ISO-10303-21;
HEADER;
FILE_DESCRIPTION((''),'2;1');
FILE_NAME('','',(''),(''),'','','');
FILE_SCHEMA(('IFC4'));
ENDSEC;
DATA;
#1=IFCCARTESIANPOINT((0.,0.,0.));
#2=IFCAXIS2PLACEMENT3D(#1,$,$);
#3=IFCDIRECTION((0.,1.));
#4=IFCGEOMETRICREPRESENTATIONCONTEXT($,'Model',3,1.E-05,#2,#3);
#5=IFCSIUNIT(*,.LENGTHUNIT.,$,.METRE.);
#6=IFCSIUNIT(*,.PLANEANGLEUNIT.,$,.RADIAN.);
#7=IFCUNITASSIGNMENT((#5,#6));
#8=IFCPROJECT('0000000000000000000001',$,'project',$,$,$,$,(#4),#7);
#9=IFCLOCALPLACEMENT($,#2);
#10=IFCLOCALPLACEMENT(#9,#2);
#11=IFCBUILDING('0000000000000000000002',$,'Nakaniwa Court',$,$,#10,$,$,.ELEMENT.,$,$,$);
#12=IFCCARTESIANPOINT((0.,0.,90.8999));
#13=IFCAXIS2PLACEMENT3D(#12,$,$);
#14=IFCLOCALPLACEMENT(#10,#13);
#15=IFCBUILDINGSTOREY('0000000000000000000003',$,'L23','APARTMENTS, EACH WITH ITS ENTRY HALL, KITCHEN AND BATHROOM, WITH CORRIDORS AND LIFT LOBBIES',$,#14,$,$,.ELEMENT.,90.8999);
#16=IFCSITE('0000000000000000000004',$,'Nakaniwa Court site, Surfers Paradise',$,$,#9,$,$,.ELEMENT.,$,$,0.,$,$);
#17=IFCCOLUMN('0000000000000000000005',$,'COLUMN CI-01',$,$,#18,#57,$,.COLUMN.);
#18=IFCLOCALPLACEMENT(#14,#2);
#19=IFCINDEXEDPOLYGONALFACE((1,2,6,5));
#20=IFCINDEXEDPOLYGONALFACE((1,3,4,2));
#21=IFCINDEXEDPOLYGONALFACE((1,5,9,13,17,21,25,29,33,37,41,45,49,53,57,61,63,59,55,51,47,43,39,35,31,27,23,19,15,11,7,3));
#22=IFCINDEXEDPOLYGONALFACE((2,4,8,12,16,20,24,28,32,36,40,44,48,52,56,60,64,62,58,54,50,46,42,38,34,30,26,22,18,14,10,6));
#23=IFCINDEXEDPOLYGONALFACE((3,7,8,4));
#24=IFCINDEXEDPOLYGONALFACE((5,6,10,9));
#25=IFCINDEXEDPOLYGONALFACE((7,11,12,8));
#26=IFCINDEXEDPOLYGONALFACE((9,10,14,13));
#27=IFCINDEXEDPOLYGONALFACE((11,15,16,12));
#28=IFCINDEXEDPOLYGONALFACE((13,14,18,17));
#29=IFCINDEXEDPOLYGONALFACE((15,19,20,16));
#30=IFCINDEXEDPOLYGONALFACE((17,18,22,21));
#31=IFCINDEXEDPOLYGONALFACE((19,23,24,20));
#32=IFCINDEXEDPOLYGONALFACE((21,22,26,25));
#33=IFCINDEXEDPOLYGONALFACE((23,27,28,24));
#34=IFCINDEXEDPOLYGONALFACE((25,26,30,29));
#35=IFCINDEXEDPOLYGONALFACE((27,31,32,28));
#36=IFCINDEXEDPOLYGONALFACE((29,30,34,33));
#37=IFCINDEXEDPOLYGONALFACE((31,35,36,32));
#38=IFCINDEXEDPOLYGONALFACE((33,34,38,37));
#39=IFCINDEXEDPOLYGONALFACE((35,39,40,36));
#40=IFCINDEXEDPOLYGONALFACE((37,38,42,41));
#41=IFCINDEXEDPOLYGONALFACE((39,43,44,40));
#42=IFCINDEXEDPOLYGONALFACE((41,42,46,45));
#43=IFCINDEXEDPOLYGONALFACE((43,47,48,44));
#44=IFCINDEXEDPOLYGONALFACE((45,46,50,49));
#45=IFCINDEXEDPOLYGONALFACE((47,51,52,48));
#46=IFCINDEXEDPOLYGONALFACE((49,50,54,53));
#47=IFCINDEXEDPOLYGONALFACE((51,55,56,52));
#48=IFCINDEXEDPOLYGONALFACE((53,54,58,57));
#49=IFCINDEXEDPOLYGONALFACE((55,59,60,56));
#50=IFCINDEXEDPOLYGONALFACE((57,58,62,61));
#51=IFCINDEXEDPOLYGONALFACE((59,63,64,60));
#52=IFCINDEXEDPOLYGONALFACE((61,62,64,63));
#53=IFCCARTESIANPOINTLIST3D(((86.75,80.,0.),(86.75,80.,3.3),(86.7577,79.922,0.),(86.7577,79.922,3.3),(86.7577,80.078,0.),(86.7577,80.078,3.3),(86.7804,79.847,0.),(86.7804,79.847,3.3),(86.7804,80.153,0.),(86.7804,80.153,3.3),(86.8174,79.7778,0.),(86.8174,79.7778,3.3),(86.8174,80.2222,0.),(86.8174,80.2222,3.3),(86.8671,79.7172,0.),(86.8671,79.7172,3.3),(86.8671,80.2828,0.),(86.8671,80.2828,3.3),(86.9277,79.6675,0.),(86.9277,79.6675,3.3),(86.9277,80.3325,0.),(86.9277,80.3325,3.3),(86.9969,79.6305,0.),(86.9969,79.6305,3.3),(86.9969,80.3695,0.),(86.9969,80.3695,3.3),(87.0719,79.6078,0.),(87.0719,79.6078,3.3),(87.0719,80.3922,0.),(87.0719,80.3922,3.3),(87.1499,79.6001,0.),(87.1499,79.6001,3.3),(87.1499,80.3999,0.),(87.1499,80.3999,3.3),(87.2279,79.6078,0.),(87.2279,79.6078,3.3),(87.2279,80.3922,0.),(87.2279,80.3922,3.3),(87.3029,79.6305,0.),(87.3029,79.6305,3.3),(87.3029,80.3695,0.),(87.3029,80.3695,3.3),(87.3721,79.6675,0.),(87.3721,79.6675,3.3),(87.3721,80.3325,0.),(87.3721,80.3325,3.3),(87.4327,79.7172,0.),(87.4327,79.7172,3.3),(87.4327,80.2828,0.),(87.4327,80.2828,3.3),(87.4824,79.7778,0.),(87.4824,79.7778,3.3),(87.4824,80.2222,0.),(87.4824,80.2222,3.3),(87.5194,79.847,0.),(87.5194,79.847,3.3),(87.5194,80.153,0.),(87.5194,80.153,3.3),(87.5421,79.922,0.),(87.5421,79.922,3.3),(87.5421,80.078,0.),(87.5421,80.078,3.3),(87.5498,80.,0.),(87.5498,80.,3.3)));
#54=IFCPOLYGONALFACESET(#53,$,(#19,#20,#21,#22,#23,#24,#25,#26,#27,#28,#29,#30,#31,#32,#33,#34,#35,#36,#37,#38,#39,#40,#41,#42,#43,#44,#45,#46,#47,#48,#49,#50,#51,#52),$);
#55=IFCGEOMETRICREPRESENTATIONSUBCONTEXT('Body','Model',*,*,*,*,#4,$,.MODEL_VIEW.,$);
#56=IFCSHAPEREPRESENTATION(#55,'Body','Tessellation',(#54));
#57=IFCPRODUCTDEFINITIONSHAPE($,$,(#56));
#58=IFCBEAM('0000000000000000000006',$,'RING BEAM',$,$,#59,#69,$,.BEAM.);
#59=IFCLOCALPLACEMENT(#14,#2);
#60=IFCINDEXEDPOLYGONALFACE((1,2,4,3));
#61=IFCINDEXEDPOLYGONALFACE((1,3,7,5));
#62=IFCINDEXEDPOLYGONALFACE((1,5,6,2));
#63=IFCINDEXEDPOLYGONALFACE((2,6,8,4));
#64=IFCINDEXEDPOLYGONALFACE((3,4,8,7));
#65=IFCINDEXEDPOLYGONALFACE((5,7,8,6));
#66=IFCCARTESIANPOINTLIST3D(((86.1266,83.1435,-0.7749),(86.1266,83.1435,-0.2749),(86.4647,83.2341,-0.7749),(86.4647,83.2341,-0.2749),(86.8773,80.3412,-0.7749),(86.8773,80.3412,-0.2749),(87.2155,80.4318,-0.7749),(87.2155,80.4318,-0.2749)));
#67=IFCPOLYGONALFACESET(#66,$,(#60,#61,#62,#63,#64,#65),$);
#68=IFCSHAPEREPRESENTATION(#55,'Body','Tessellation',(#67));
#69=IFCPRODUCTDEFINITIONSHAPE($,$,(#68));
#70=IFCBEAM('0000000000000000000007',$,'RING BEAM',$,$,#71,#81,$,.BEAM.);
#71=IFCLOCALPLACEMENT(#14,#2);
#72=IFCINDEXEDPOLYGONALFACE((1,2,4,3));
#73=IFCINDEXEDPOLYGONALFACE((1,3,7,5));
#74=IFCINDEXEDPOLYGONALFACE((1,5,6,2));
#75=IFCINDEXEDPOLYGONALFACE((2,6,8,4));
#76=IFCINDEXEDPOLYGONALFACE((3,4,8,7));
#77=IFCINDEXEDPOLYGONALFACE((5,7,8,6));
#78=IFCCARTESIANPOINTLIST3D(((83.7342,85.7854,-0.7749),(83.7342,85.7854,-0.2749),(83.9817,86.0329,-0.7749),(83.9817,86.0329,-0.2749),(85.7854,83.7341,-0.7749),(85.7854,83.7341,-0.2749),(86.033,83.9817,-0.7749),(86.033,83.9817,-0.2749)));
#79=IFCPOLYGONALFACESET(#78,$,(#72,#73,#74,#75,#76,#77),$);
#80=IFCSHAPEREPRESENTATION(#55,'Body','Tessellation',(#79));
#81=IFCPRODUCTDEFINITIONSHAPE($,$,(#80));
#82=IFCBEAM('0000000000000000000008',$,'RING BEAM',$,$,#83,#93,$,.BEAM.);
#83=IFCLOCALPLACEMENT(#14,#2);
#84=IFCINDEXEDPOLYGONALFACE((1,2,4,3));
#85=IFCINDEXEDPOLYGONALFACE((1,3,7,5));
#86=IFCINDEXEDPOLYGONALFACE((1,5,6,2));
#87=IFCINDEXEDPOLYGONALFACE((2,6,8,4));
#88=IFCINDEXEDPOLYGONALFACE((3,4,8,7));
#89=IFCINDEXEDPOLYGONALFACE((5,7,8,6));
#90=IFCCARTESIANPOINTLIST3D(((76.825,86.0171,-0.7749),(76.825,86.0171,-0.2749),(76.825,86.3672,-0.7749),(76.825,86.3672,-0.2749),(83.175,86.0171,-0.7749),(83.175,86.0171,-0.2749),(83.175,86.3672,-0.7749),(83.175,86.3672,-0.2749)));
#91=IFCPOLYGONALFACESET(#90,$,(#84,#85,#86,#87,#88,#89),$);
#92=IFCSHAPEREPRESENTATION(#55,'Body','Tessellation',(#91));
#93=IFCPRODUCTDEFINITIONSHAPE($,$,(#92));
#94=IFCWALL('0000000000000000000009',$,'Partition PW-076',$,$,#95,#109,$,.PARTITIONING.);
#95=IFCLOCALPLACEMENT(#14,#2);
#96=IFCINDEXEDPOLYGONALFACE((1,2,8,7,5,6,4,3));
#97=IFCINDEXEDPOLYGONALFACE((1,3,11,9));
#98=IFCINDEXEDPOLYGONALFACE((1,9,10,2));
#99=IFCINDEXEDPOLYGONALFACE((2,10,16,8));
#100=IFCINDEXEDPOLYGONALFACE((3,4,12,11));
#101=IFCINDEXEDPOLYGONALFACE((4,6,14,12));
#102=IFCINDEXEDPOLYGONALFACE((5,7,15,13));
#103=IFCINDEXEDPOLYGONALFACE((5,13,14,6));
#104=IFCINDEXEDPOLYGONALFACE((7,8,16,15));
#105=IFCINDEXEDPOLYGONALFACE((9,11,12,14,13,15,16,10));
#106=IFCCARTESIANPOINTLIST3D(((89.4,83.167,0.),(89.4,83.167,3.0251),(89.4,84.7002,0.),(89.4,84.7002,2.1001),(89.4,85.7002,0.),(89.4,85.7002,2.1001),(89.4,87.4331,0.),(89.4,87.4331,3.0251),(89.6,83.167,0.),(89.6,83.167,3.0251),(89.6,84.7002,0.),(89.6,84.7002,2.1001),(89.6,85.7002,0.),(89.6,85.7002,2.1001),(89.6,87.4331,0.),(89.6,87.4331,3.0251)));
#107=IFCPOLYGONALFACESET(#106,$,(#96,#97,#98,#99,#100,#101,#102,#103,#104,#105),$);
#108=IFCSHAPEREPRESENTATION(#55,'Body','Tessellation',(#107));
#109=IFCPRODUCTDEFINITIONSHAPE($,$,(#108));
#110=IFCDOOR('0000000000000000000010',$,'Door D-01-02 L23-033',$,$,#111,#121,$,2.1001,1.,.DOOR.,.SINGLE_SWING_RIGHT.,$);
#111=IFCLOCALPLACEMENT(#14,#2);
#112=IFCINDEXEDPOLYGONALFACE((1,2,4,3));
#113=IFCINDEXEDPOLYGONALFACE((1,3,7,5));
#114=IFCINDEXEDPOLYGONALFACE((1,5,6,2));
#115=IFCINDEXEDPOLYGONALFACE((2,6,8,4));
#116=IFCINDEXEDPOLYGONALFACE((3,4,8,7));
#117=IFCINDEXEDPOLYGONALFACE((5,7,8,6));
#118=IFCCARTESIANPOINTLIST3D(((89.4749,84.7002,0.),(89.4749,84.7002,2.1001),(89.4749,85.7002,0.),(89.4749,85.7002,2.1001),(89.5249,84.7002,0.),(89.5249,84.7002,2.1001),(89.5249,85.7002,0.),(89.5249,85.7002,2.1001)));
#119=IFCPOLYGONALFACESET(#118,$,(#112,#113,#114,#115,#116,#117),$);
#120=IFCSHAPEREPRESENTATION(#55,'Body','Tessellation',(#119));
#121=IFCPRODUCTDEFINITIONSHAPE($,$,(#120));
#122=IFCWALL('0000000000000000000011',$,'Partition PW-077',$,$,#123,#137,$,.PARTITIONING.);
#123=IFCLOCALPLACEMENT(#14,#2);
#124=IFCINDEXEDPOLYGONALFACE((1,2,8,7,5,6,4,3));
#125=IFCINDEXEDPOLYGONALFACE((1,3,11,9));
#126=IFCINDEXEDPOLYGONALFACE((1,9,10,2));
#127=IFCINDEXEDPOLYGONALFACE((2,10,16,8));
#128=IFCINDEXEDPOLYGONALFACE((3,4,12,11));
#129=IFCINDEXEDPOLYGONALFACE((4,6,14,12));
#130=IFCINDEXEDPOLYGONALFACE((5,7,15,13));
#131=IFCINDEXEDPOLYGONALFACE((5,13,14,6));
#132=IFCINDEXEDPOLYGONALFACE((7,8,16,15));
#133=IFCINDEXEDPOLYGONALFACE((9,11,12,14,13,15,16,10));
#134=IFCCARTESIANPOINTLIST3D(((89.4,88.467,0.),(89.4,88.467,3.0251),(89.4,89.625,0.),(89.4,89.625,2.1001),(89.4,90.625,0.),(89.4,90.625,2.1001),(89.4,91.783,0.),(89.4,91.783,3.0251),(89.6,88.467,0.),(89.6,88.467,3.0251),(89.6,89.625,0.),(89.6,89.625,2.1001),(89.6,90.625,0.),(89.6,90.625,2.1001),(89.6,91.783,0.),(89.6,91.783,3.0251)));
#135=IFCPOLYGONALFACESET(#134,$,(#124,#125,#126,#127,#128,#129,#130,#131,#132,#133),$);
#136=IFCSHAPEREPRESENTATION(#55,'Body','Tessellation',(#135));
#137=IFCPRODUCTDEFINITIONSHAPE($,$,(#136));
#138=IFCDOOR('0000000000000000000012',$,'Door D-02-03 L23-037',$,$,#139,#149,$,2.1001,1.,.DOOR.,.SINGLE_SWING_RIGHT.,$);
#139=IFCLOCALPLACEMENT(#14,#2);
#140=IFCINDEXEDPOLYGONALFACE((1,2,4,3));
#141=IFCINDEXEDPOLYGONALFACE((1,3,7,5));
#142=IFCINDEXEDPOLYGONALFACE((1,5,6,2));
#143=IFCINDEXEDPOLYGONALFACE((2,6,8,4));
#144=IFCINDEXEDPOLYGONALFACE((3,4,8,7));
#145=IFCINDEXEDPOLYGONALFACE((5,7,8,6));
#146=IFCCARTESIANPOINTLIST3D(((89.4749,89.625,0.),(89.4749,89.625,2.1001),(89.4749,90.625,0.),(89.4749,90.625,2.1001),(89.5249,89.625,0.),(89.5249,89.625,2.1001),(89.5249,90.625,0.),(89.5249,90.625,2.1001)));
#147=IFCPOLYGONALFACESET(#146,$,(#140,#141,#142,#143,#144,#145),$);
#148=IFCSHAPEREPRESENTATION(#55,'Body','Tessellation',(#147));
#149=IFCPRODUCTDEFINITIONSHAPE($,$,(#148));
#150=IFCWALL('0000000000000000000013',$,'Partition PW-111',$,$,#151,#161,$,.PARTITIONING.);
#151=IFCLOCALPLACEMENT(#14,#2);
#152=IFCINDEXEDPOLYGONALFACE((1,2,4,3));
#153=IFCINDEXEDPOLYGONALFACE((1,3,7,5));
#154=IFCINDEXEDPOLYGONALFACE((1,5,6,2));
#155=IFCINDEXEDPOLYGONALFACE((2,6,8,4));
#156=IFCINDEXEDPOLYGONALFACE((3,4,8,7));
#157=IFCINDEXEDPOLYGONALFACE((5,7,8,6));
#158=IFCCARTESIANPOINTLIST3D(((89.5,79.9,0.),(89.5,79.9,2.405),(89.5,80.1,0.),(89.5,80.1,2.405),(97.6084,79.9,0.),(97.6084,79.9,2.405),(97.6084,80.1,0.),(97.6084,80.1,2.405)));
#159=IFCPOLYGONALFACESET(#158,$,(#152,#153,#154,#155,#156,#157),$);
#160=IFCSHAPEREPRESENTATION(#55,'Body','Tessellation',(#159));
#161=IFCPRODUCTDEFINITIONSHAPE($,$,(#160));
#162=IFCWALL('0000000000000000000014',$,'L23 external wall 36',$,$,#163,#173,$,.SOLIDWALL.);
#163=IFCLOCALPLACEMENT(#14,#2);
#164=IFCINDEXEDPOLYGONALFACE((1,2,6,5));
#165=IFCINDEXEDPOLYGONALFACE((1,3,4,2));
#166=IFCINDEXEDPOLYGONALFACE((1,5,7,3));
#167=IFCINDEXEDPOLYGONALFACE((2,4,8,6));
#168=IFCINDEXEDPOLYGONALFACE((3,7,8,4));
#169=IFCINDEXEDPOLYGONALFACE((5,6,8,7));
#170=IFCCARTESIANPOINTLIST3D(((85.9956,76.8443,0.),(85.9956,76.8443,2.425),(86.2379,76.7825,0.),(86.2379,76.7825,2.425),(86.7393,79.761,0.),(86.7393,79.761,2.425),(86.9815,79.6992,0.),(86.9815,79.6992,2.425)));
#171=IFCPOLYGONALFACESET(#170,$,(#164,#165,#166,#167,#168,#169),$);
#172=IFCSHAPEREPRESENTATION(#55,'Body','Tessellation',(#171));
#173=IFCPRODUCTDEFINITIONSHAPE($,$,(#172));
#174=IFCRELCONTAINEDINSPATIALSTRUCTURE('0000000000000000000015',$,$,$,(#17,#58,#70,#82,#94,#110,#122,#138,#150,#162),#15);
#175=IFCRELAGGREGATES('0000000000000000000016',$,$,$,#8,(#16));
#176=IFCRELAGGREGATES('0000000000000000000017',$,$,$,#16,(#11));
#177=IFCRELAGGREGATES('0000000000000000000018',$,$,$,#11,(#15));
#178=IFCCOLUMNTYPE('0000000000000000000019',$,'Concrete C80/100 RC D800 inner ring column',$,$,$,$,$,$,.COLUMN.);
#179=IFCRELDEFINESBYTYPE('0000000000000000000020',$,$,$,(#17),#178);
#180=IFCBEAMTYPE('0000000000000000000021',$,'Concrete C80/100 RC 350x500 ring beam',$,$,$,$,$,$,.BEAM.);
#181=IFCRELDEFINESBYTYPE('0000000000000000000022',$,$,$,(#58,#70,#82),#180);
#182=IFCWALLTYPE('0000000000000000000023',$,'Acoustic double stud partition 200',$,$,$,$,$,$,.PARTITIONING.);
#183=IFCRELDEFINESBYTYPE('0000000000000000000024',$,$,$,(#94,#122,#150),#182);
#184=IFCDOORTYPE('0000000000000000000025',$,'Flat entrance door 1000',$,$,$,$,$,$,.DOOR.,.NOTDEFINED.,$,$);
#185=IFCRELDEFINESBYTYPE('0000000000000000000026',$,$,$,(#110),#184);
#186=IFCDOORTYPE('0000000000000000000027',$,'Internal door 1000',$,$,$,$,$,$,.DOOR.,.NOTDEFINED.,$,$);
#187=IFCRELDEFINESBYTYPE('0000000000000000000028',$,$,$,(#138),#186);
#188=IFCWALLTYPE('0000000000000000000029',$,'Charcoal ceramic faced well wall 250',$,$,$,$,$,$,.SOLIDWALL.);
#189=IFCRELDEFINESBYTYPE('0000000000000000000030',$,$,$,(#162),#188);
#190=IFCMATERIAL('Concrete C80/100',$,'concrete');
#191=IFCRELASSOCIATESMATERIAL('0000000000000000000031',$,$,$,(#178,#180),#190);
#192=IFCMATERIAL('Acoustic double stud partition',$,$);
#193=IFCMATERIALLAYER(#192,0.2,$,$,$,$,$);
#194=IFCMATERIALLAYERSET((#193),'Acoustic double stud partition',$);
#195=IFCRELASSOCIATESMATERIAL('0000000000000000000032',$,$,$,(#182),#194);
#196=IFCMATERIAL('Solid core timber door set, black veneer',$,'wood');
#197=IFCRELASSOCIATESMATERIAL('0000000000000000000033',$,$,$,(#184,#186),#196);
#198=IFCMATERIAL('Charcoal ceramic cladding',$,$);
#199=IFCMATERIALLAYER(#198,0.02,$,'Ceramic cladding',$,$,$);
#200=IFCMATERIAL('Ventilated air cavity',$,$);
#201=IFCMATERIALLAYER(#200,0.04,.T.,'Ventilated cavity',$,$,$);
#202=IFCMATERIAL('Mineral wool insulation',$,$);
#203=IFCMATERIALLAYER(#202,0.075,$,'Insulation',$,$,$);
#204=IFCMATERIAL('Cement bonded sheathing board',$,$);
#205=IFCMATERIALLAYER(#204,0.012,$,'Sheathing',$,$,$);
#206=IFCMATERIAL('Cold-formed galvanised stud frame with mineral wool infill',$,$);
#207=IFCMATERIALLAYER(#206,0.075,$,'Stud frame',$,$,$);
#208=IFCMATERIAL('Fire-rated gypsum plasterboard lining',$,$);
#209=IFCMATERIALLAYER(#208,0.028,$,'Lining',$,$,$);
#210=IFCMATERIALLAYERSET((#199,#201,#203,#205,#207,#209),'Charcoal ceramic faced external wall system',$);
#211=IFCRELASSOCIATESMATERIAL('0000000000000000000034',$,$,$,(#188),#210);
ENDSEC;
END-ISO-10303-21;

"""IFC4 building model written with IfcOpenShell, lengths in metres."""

from ifc_helpers import new_model, si_unit, direction, frame, frame_2d, origin, origin_2d, place, context, subcontext, project, spatial, rectangle, circle, extrude, material, layer, layer_set, material_profile, profile_set, type_object, element, fill, save


model = new_model("IFC4")

# Units and contexts
model_context = context("Model", 3, precision=1e-05, world=origin(), true_north=direction((0.0, 1.0)))
body_context = subcontext(model_context, "Body", "Model", "MODEL_VIEW")
ifc_project = project(units=[si_unit("LENGTHUNIT", "METRE"), si_unit("PLANEANGLEUNIT", "RADIAN")], contexts=[model_context])

# Site, building, storey
site_placement = place(None, origin())
site = spatial("IfcSite", under=ifc_project, at=site_placement, Name="Nakaniwa Court site, Surfers Paradise", CompositionType="ELEMENT", RefElevation=0.0)
building_placement = place(site_placement, origin())
building = spatial("IfcBuilding", under=site, at=building_placement, Name="Nakaniwa Court", CompositionType="ELEMENT")
storey_placement = place(building_placement, frame((0.0, 0.0, 90.8999)))
storey = spatial("IfcBuildingStorey", under=building, at=storey_placement, Name="L23", Description="APARTMENTS, EACH WITH ITS ENTRY HALL, KITCHEN AND BATHROOM, WITH CORRIDORS AND LIFT LOBBIES", CompositionType="ELEMENT", Elevation=90.8999)

# Column
ifc_material_1 = material(Name="Concrete C80/100", Category="concrete")
ifc_material_profile_1 = material_profile(ifc_material_1, circle(Radius=0.3999, at=origin_2d()), Name="Concrete C80/100 RC D800 inner ring column")
ifc_profile_set_1 = profile_set([ifc_material_profile_1], Name="Concrete C80/100")
column_type = type_object("IfcColumnType", Name="Concrete C80/100 RC D800 inner ring column", PredefinedType="COLUMN", material=ifc_profile_set_1)
for number, where, z_axis, x_axis, name in (
    (1, (87.1499, 80.0, 0.0), (0.0, 0.0, 1.0), (0.0, 1.0, 0.0), "COLUMN CI-01"),
):
    element("IfcColumn", number, at=place(storey_placement, frame(where, z_axis=z_axis, x_axis=x_axis)), inside=storey, type_object=column_type, Name=name, PredefinedType="COLUMN", context=body_context, shape_type="SweptSolid", body=[
        extrude(circle(Radius=0.3999, at=origin_2d()), origin(), (0.0, 0.0, 1.0), 3.3),
    ])

# Beams
ifc_material_profile_2 = material_profile(ifc_material_1, rectangle(XDim=0.3501, YDim=0.5, at=origin_2d()), Name="Concrete C80/100 RC 350x500 ring beam")
ifc_profile_set_2 = profile_set([ifc_material_profile_2], Name="Concrete C80/100")
beam_type = type_object("IfcBeamType", Name="Concrete C80/100 RC 350x500 ring beam", PredefinedType="BEAM", material=ifc_profile_set_2)
beam_1_placement = place(storey_placement, frame((87.0464, 80.3865, -0.5249), z_axis=(-0.258778, 0.965937, 0.0), x_axis=(-0.965937, -0.258778, 0.0)))
element("IfcBeam", 2, at=beam_1_placement, inside=storey, type_object=beam_type, Name="RING BEAM", PredefinedType="BEAM", context=body_context, shape_type="SweptSolid", body=[
    extrude(rectangle(XDim=0.3501, YDim=0.5, at=origin_2d()), origin(), (0.0, 0.0, 1.0), 2.9011),
])
beam_2_placement = place(storey_placement, frame((85.9092, 83.8579, -0.5249), z_axis=(-0.707107, 0.707107, 0.0), x_axis=(-0.707107, -0.707107, 0.0)))
element("IfcBeam", 3, at=beam_2_placement, inside=storey, type_object=beam_type, Name="RING BEAM", PredefinedType="BEAM", context=body_context, shape_type="SweptSolid", body=[
    extrude(rectangle(XDim=0.3501, YDim=0.5, at=origin_2d()), origin(), (0.0, 0.0, 1.0), 2.9009),
])
beam_3_placement = place(storey_placement, frame((83.175, 86.1921, -0.5249), z_axis=(-1.0, 0.0, 0.0), x_axis=(0.0, -1.0, 0.0)))
element("IfcBeam", 4, at=beam_3_placement, inside=storey, type_object=beam_type, Name="RING BEAM", PredefinedType="BEAM", context=body_context, shape_type="SweptSolid", body=[
    extrude(rectangle(XDim=0.3501, YDim=0.5, at=origin_2d()), origin(), (0.0, 0.0, 1.0), 6.3501),
])

# Walls, openings, doors
ifc_material_2 = material(Name="Acoustic double stud partition")
ifc_layer_1 = layer(ifc_material_2, 0.2)
ifc_layer_set_1 = layer_set([ifc_layer_1], Name="Acoustic double stud partition")
wall_type_1 = type_object("IfcWallType", Name="Acoustic double stud partition 200", PredefinedType="PARTITIONING", material=ifc_layer_set_1)
wall_1_placement = place(storey_placement, frame((89.5, 87.4331, 0.0), z_axis=(0.0, 0.0, 1.0), x_axis=(0.0, -1.0, 0.0)))
wall_1 = element("IfcWall", 5, at=wall_1_placement, inside=storey, type_object=wall_type_1, Name="Partition PW-076", PredefinedType="PARTITIONING", context=body_context, shape_type="SweptSolid", body=[
    extrude(rectangle(XDim=4.2661, YDim=0.2, at=frame_2d((2.1331, 0.0))), origin(), (0.0, 0.0, 1.0), 3.0251),
])
opening_1_placement = place(wall_1_placement, frame((1.7329, 0.0, 0.0)))
opening_1 = element("IfcOpeningElement", 6, at=opening_1_placement, cuts=wall_1, PredefinedType="OPENING", context=body_context, shape_type="SweptSolid", body=[
    extrude(rectangle(XDim=1.0, YDim=2.1001, at=frame_2d((0.5, 1.05))), frame((0.0, 0.1099, 0.0), z_axis=(0.0, -1.0, 0.0), x_axis=(1.0, 0.0, 0.0)), (0.0, 0.0, 1.0), 0.22),
])
ifc_material_3 = material(Name="Solid core timber door set, black veneer", Category="wood")
door_type_1 = type_object("IfcDoorType", Name="Flat entrance door 1000", OperationType="NOTDEFINED", PredefinedType="DOOR", material=ifc_material_3)
door_1_placement = place(opening_1_placement, origin())
door_1 = element("IfcDoor", 7, at=door_1_placement, inside=storey, type_object=door_type_1, Name="Door D-01-02 L23-033", OperationType="SINGLE_SWING_RIGHT", OverallHeight=2.1001, OverallWidth=1.0, PredefinedType="DOOR", context=body_context, shape_type="SweptSolid", body=[
    extrude(rectangle(XDim=1.0, YDim=2.1001, at=frame_2d((0.5, 1.05))), frame((0.0, 0.0249, 0.0), z_axis=(0.0, -1.0, 0.0), x_axis=(1.0, 0.0, 0.0)), (0.0, 0.0, 1.0), 0.05),
])
fill(opening_1, door_1)
wall_2_placement = place(storey_placement, frame((89.5, 91.783, 0.0), z_axis=(0.0, 0.0, 1.0), x_axis=(0.0, -1.0, 0.0)))
wall_2 = element("IfcWall", 8, at=wall_2_placement, inside=storey, type_object=wall_type_1, Name="Partition PW-077", PredefinedType="PARTITIONING", context=body_context, shape_type="SweptSolid", body=[
    extrude(rectangle(XDim=3.3159, YDim=0.2, at=frame_2d((1.658, 0.0))), origin(), (0.0, 0.0, 1.0), 3.0251),
])
opening_2_placement = place(wall_2_placement, frame((1.158, 0.0, 0.0)))
opening_2 = element("IfcOpeningElement", 9, at=opening_2_placement, cuts=wall_2, PredefinedType="OPENING", context=body_context, shape_type="SweptSolid", body=[
    extrude(rectangle(XDim=1.0, YDim=2.1001, at=frame_2d((0.5, 1.05))), frame((0.0, 0.1099, 0.0), z_axis=(0.0, -1.0, 0.0), x_axis=(1.0, 0.0, 0.0)), (0.0, 0.0, 1.0), 0.22),
])
door_type_2 = type_object("IfcDoorType", Name="Internal door 1000", OperationType="NOTDEFINED", PredefinedType="DOOR", material=ifc_material_3)
door_2_placement = place(opening_2_placement, origin())
door_2 = element("IfcDoor", 10, at=door_2_placement, inside=storey, type_object=door_type_2, Name="Door D-02-03 L23-037", OperationType="SINGLE_SWING_RIGHT", OverallHeight=2.1001, OverallWidth=1.0, PredefinedType="DOOR", context=body_context, shape_type="SweptSolid", body=[
    extrude(rectangle(XDim=1.0, YDim=2.1001, at=frame_2d((0.5, 1.05))), frame((0.0, 0.0249, 0.0), z_axis=(0.0, -1.0, 0.0), x_axis=(1.0, 0.0, 0.0)), (0.0, 0.0, 1.0), 0.05),
])
fill(opening_2, door_2)

# Walls
wall_3_placement = place(storey_placement, frame((89.5, 80.0, 0.0), z_axis=(0.0, 0.0, 1.0), x_axis=(1.0, 0.0, 0.0)))
element("IfcWall", 11, at=wall_3_placement, inside=storey, type_object=wall_type_1, Name="Partition PW-111", PredefinedType="PARTITIONING", context=body_context, shape_type="SweptSolid", body=[
    extrude(rectangle(XDim=8.1084, YDim=0.2, at=frame_2d((4.0542, 0.0))), origin(), (0.0, 0.0, 1.0), 2.405),
])
ifc_material_4 = material(Name="Charcoal ceramic cladding")
ifc_layer_2 = layer(ifc_material_4, 0.02, Name="Ceramic cladding")
ifc_material_5 = material(Name="Ventilated air cavity")
ifc_layer_3 = layer(ifc_material_5, 0.04, ventilated=True, Name="Ventilated cavity")
ifc_material_6 = material(Name="Mineral wool insulation")
ifc_layer_4 = layer(ifc_material_6, 0.075, Name="Insulation")
ifc_material_7 = material(Name="Cement bonded sheathing board")
ifc_layer_5 = layer(ifc_material_7, 0.012, Name="Sheathing")
ifc_material_8 = material(Name="Cold-formed galvanised stud frame with mineral wool infill")
ifc_layer_6 = layer(ifc_material_8, 0.075, Name="Stud frame")
ifc_material_9 = material(Name="Fire-rated gypsum plasterboard lining")
ifc_layer_7 = layer(ifc_material_9, 0.028, Name="Lining")
ifc_layer_set_2 = layer_set([ifc_layer_2, ifc_layer_3, ifc_layer_4, ifc_layer_5, ifc_layer_6, ifc_layer_7], Name="Charcoal ceramic faced external wall system")
wall_type_2 = type_object("IfcWallType", Name="Charcoal ceramic faced well wall 250", PredefinedType="SOLIDWALL", material=ifc_layer_set_2)
wall_4_placement = place(storey_placement, frame((86.8604, 79.73, 0.0), z_axis=(0.0, 0.0, 1.0), x_axis=(-0.247056, -0.969001, 0.0)))
element("IfcWall", 12, at=wall_4_placement, inside=storey, type_object=wall_type_2, Name="L23 external wall 36", PredefinedType="SOLIDWALL", context=body_context, shape_type="SweptSolid", body=[
    extrude(rectangle(XDim=3.01, YDim=0.25, at=frame_2d((1.5049, 0.0))), origin(), (0.0, 0.0, 1.0), 2.425),
])

save(model, "model.ifc")
